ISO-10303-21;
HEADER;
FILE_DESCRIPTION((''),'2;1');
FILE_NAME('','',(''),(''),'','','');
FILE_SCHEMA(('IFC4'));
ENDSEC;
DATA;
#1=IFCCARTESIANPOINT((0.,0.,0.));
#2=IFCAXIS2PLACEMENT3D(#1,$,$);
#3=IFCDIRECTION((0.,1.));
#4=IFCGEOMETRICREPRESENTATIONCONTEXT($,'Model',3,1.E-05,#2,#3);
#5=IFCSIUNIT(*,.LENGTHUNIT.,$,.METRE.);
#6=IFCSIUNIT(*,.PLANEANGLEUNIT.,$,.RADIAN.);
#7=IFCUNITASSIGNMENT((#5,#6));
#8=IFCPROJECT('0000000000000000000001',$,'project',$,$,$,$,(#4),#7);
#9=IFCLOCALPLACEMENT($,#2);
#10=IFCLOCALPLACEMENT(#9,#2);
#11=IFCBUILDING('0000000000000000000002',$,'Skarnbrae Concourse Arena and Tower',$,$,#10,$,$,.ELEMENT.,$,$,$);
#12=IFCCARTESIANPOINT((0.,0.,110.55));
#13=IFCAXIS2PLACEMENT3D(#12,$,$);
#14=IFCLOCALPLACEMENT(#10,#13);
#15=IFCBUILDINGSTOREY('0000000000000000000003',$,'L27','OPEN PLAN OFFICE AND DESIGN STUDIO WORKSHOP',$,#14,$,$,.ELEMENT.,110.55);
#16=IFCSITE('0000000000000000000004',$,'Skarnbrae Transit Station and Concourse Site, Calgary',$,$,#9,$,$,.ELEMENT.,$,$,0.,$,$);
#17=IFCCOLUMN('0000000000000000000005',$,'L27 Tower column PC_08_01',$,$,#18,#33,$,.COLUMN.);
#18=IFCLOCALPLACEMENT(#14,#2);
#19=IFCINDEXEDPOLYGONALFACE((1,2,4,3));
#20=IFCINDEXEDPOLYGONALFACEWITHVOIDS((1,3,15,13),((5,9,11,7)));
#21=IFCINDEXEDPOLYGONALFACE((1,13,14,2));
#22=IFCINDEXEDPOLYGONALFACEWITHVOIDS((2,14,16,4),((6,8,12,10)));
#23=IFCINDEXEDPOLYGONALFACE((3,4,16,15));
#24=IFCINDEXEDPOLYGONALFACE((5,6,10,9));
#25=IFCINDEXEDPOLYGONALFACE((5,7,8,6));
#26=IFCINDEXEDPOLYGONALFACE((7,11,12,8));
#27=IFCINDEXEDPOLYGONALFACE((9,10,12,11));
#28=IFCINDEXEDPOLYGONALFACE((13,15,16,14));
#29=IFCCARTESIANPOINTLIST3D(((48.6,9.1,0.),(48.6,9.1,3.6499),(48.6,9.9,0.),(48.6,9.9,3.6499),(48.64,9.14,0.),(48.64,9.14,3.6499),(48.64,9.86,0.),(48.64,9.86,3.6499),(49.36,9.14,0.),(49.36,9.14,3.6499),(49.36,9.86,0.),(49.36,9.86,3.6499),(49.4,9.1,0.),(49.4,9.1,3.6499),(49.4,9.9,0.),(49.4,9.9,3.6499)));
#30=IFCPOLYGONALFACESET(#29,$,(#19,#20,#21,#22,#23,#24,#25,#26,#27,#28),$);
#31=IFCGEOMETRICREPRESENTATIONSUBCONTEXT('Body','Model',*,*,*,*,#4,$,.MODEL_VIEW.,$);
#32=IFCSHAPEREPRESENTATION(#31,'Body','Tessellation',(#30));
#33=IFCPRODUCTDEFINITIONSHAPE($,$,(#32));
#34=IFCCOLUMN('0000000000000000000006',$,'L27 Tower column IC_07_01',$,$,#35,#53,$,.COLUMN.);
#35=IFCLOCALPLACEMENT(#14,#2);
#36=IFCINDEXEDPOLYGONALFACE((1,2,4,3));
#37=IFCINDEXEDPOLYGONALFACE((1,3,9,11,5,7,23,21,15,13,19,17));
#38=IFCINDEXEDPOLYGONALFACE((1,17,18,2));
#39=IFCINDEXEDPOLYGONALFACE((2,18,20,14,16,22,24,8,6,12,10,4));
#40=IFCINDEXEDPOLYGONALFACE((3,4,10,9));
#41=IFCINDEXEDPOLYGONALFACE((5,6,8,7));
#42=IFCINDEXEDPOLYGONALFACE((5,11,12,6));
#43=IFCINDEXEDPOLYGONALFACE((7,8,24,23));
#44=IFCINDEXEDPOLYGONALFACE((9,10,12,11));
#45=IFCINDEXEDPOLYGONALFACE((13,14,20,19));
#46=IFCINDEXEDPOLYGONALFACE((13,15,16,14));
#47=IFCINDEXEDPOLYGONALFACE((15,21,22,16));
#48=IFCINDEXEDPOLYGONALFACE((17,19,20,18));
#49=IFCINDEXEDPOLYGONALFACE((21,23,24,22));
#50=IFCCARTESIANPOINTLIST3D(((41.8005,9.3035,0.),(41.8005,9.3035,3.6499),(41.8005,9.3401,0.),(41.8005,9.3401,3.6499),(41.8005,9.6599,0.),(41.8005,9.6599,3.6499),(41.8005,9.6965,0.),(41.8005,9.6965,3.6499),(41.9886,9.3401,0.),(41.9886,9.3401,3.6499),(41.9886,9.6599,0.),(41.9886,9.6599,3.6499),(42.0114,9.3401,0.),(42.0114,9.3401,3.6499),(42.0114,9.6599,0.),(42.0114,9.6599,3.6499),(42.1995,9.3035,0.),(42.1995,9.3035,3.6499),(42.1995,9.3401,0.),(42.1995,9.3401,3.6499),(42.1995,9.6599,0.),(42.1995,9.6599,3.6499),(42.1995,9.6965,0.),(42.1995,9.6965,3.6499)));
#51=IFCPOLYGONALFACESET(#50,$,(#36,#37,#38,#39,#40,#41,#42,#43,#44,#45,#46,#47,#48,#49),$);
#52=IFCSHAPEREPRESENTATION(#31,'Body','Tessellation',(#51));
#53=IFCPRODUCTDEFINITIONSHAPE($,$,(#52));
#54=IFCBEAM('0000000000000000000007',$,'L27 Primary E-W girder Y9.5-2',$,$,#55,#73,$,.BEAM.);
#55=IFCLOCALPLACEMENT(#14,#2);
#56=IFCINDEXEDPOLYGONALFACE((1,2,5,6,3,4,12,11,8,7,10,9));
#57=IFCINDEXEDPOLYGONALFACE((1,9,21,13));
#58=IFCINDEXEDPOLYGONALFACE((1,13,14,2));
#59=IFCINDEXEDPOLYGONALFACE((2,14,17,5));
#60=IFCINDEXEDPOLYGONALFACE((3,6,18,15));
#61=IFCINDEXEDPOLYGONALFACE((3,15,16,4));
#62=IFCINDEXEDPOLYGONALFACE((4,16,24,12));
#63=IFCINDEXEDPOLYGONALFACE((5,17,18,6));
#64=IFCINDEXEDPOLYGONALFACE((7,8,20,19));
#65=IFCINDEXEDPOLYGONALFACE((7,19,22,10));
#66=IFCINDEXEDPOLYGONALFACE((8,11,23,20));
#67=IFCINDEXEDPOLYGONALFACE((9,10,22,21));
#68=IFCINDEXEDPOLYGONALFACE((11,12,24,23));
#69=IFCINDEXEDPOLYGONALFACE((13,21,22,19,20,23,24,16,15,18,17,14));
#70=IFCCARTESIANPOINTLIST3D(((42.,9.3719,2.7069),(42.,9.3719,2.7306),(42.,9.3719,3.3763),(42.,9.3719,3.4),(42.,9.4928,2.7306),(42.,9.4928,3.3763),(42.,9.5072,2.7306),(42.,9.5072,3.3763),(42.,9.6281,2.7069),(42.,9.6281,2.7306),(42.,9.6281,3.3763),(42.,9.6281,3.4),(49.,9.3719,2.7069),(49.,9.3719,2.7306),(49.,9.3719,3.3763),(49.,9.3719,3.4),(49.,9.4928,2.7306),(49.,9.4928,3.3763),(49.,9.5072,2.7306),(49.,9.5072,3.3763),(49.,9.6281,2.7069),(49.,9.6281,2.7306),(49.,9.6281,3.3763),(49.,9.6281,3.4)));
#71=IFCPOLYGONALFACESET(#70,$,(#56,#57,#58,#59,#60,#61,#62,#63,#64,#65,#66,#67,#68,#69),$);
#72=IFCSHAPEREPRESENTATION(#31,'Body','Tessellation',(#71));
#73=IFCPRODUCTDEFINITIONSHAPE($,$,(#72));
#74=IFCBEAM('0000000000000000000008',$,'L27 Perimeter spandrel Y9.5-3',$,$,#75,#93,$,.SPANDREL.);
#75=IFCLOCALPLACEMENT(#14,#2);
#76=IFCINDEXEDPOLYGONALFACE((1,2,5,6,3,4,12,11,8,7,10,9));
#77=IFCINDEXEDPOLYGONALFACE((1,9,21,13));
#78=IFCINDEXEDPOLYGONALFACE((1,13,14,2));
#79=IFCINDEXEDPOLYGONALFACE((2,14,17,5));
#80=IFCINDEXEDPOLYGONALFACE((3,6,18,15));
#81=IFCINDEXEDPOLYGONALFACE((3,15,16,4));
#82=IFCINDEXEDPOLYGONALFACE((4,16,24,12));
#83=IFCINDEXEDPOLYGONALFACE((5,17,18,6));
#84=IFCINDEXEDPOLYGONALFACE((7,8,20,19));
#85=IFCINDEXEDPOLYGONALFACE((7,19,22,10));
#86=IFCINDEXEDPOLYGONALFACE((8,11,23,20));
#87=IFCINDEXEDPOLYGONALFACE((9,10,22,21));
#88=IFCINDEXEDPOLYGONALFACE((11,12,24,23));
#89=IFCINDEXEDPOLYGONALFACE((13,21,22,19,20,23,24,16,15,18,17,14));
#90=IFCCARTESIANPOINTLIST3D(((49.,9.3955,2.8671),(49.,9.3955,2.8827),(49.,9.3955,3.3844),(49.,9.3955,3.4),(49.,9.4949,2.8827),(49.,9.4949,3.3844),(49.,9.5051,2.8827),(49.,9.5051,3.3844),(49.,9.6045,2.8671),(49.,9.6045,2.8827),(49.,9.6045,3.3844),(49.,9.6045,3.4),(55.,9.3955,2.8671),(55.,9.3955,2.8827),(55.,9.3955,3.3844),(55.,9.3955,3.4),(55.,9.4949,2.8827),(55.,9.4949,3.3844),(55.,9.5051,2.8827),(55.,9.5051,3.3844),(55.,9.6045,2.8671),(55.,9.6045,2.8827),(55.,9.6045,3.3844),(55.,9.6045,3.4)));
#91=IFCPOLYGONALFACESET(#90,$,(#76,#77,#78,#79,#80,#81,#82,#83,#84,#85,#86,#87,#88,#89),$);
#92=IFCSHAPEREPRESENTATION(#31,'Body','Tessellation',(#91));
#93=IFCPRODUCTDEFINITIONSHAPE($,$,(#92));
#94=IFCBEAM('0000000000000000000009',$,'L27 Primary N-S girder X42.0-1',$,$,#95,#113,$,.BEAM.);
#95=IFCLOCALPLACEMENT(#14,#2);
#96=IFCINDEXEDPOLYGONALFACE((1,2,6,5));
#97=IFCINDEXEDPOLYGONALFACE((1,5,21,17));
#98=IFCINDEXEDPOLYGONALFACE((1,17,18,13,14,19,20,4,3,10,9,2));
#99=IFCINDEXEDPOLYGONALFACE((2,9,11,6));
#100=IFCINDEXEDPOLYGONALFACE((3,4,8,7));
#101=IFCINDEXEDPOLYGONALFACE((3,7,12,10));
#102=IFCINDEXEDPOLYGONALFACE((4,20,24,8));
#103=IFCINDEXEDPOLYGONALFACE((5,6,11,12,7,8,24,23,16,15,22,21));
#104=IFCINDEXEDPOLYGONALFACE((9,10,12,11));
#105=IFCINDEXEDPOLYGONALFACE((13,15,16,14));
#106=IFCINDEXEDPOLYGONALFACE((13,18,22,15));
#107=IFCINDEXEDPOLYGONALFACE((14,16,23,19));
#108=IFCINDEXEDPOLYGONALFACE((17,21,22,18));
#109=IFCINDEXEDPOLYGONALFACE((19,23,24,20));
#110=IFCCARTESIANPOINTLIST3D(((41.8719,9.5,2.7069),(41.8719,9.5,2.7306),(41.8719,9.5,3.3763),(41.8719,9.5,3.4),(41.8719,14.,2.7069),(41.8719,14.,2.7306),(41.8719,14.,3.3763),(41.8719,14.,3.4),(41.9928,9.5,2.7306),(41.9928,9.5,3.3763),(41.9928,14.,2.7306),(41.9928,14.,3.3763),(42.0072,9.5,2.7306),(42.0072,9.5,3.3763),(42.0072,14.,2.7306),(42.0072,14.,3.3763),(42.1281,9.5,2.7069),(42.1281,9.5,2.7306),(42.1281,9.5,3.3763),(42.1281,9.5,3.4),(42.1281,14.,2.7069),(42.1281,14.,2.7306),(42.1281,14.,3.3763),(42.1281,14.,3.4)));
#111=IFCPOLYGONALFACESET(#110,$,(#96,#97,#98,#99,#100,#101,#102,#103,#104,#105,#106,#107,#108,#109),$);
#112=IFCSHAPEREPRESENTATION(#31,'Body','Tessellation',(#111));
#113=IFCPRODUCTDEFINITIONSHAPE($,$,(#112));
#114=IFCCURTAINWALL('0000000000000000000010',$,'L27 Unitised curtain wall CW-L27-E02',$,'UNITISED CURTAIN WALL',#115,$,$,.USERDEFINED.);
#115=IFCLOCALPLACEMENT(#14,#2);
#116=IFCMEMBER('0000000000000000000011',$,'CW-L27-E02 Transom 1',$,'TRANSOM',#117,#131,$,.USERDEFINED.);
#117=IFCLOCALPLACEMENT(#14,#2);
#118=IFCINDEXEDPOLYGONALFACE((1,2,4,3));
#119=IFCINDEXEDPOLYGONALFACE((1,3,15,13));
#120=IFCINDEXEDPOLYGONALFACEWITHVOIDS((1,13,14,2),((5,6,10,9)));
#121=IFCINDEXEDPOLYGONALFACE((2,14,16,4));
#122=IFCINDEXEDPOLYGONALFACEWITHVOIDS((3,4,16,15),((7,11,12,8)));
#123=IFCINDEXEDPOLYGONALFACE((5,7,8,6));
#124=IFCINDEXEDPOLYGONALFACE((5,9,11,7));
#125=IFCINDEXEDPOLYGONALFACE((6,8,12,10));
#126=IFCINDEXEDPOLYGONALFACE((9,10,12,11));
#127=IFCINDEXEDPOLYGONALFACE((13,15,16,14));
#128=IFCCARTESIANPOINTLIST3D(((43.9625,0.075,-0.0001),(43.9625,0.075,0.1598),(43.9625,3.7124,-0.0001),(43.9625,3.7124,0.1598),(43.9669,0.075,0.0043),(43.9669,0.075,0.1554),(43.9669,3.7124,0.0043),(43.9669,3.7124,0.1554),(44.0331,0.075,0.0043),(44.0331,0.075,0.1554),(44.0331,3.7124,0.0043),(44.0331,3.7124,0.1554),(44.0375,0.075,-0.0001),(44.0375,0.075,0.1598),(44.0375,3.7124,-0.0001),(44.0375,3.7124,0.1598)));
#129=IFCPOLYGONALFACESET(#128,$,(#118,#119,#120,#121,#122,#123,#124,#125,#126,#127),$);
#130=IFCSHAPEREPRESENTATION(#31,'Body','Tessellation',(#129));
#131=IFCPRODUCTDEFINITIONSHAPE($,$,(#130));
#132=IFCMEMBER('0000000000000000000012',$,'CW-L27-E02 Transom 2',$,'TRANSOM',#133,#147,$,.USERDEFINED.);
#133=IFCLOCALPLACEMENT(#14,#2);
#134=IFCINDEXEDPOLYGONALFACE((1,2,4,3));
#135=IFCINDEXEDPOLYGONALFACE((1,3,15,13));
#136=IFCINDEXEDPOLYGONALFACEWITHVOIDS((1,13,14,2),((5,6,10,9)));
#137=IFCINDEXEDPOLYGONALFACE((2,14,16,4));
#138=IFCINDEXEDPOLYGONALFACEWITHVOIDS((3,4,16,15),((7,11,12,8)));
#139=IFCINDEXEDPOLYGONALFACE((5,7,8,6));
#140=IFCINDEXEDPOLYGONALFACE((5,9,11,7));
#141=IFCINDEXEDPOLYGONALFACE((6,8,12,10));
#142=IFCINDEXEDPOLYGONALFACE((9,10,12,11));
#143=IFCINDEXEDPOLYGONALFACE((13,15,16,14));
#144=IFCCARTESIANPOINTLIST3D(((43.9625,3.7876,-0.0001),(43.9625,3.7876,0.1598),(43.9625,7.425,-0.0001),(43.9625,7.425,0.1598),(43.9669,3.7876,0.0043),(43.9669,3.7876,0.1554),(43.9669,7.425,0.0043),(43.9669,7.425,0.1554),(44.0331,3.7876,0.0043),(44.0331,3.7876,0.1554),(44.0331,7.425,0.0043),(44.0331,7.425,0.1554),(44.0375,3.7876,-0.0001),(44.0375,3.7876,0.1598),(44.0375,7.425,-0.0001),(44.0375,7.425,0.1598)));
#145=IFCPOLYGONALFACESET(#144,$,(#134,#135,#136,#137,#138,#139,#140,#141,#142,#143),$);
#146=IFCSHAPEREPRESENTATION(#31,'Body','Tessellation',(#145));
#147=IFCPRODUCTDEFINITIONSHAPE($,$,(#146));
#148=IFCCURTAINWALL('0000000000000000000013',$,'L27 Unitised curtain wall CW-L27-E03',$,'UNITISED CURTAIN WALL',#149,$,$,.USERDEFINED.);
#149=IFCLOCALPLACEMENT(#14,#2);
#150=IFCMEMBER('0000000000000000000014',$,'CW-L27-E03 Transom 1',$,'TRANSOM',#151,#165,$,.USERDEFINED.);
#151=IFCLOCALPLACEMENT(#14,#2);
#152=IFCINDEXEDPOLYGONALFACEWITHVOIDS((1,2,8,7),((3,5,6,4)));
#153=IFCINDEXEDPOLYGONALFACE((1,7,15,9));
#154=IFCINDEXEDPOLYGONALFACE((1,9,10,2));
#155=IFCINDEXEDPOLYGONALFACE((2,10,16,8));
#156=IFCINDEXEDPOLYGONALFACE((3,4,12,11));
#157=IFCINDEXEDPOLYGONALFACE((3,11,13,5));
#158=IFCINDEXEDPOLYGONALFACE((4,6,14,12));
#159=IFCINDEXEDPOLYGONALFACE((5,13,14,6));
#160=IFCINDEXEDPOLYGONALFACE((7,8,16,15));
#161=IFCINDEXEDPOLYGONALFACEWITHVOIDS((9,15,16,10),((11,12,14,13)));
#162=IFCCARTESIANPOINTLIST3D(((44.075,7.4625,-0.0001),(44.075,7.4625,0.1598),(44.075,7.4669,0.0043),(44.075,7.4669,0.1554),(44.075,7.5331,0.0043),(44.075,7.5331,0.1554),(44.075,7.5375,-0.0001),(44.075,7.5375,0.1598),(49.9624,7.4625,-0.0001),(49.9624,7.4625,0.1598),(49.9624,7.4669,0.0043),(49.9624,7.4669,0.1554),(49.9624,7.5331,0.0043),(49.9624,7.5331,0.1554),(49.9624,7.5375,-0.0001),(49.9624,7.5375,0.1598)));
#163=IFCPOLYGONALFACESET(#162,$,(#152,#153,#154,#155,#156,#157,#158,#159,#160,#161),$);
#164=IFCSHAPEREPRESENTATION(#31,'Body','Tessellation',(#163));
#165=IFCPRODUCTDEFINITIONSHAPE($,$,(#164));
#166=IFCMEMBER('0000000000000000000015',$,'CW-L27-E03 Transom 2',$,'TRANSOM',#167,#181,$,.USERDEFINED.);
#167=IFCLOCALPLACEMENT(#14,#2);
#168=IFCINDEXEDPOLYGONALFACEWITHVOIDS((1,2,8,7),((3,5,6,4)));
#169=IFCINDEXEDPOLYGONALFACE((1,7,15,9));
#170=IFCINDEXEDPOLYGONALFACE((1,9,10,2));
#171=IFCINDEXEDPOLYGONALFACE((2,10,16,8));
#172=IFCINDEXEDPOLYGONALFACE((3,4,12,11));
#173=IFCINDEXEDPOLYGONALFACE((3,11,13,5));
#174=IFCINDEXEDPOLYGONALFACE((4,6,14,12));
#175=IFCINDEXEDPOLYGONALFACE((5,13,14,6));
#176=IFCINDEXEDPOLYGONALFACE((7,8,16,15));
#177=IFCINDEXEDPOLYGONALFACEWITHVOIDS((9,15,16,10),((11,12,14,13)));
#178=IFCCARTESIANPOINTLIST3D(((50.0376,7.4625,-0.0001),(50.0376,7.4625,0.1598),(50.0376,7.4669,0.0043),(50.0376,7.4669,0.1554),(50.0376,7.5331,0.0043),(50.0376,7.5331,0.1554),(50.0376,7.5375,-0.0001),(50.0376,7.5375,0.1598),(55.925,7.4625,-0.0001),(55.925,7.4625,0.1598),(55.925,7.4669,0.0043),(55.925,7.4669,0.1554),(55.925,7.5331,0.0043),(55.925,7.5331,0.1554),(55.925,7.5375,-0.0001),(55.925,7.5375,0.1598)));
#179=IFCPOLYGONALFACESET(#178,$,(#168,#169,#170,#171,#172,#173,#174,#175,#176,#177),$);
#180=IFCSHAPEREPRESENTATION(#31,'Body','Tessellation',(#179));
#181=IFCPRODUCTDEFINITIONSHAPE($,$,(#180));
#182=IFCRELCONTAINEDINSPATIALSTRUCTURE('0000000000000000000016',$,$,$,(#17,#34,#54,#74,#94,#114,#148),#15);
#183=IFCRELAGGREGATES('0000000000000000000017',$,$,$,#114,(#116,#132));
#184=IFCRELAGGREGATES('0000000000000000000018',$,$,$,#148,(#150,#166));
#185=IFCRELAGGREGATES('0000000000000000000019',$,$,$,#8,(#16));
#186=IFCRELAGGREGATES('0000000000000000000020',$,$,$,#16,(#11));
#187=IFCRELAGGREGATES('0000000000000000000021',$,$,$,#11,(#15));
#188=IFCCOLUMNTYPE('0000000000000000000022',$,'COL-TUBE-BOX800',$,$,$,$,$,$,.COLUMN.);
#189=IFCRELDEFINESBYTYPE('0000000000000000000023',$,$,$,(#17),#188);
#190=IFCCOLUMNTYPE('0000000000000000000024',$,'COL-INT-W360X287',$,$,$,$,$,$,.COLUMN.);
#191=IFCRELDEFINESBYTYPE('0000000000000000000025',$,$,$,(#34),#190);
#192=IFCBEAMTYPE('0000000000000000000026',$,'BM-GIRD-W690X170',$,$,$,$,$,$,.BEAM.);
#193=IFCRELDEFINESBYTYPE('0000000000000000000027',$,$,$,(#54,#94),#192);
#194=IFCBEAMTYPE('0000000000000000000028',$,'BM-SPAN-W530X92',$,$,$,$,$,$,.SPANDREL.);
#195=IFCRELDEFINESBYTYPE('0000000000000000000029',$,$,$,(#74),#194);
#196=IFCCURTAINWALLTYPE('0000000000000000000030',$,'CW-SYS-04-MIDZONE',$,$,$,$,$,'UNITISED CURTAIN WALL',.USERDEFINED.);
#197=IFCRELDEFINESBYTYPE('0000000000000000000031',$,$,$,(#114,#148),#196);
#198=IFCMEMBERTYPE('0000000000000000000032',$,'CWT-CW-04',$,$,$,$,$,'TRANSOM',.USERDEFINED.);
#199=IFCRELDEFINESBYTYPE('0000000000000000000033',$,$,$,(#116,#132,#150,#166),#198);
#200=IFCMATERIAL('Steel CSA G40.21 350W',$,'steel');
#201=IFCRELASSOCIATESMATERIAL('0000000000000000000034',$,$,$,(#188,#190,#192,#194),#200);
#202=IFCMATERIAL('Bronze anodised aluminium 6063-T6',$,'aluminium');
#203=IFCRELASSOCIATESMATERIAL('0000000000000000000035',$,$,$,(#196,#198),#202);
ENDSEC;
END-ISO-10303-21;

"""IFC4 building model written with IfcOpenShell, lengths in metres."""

from ifc_helpers import new_model, si_unit, direction, frame, origin, origin_2d, place, context, subcontext, project, spatial, hollow_rectangle, i_section, extrude, source, transform, mapped, material, material_profile, profile_set, type_object, element, aggregate, save


model = new_model("IFC4")

# Units and contexts
model_context = context("Model", 3, precision=1e-05, world=origin(), true_north=direction((0.0, 1.0)))
body_context = subcontext(model_context, "Body", "Model", "MODEL_VIEW")
ifc_project = project(units=[si_unit("LENGTHUNIT", "METRE"), si_unit("PLANEANGLEUNIT", "RADIAN")], contexts=[model_context])

# Site, building, storey
site_placement = place(None, origin())
site = spatial("IfcSite", under=ifc_project, at=site_placement, Name="Skarnbrae Transit Station and Concourse Site, Calgary", CompositionType="ELEMENT", RefElevation=0.0)
building_placement = place(site_placement, origin())
building = spatial("IfcBuilding", under=site, at=building_placement, Name="Skarnbrae Concourse Arena and Tower", CompositionType="ELEMENT")
storey_placement = place(building_placement, frame((0.0, 0.0, 110.55)))
storey = spatial("IfcBuildingStorey", under=building, at=storey_placement, Name="L27", Description="OPEN PLAN OFFICE AND DESIGN STUDIO WORKSHOP", CompositionType="ELEMENT", Elevation=110.55)

# Columns
ifc_material_1 = material(Name="Steel CSA G40.21 350W", Category="steel")
ifc_material_profile_1 = material_profile(ifc_material_1, hollow_rectangle(XDim=0.8, YDim=0.8, WallThickness=0.04, at=origin_2d()), Name="BOX800X800X40")
ifc_profile_set_1 = profile_set([ifc_material_profile_1], Name="Steel CSA G40.21 350W")
column_type_1 = type_object("IfcColumnType", Name="COL-TUBE-BOX800", PredefinedType="COLUMN", material=ifc_profile_set_1)
shared_shape_1 = source(origin(), body_context, "Body", "SweptSolid", [
    extrude(hollow_rectangle(XDim=0.8, YDim=0.8, WallThickness=0.04, at=origin_2d()), origin(), (0.0, 0.0, 1.0), 3.6499),
])
column_1_placement = place(storey_placement, frame((49.0, 9.5, 0.0), z_axis=(0.0, 0.0, 1.0), x_axis=(1.0, 0.0, 0.0)))
element("IfcColumn", 1, at=column_1_placement, inside=storey, type_object=column_type_1, Name="L27 Tower column PC_08_01", PredefinedType="COLUMN", context=body_context, shape_type="MappedRepresentation", body=[
    mapped(shared_shape_1, transform((0.0, 0.0, 0.0))),
])
ifc_material_profile_2 = material_profile(ifc_material_1, i_section(OverallWidth=0.3989, OverallDepth=0.3931, WebThickness=0.0227, FlangeThickness=0.0366, at=origin_2d()), Name="W360X287")
ifc_profile_set_2 = profile_set([ifc_material_profile_2], Name="Steel CSA G40.21 350W")
column_type_2 = type_object("IfcColumnType", Name="COL-INT-W360X287", PredefinedType="COLUMN", material=ifc_profile_set_2)
shared_shape_2 = source(origin(), body_context, "Body", "SweptSolid", [
    extrude(i_section(OverallWidth=0.3989, OverallDepth=0.3931, WebThickness=0.0227, FlangeThickness=0.0366, at=origin_2d()), origin(), (0.0, 0.0, 1.0), 3.6499),
])
column_2_placement = place(storey_placement, frame((42.0, 9.5, 0.0), z_axis=(0.0, 0.0, 1.0), x_axis=(1.0, 0.0, 0.0)))
element("IfcColumn", 2, at=column_2_placement, inside=storey, type_object=column_type_2, Name="L27 Tower column IC_07_01", PredefinedType="COLUMN", context=body_context, shape_type="MappedRepresentation", body=[
    mapped(shared_shape_2, transform((0.0, 0.0, 0.0))),
])

# Beams
ifc_material_profile_3 = material_profile(ifc_material_1, i_section(OverallWidth=0.2561, OverallDepth=0.6931, WebThickness=0.0144, FlangeThickness=0.0237, at=origin_2d()), Name="W690X170")
ifc_profile_set_3 = profile_set([ifc_material_profile_3], Name="Steel CSA G40.21 350W")
beam_type_1 = type_object("IfcBeamType", Name="BM-GIRD-W690X170", PredefinedType="BEAM", material=ifc_profile_set_3)
shared_shape_3 = source(origin(), body_context, "Body", "SweptSolid", [
    extrude(i_section(OverallWidth=0.2561, OverallDepth=0.6931, WebThickness=0.0144, FlangeThickness=0.0237, at=origin_2d()), origin(), (0.0, 0.0, 1.0), 7.0),
])
beam_1_placement = place(storey_placement, frame((42.0, 9.5, 3.0535), z_axis=(1.0, 0.0, 0.0), x_axis=(0.0, 1.0, 0.0)))
element("IfcBeam", 3, at=beam_1_placement, inside=storey, type_object=beam_type_1, Name="L27 Primary E-W girder Y9.5-2", PredefinedType="BEAM", context=body_context, shape_type="MappedRepresentation", body=[
    mapped(shared_shape_3, transform((0.0, 0.0, 0.0))),
])
ifc_material_profile_4 = material_profile(ifc_material_1, i_section(OverallWidth=0.209, OverallDepth=0.533, WebThickness=0.0103, FlangeThickness=0.0156, at=origin_2d()), Name="W530X92")
ifc_profile_set_4 = profile_set([ifc_material_profile_4], Name="Steel CSA G40.21 350W")
beam_type_2 = type_object("IfcBeamType", Name="BM-SPAN-W530X92", PredefinedType="SPANDREL", material=ifc_profile_set_4)
shared_shape_4 = source(origin(), body_context, "Body", "SweptSolid", [
    extrude(i_section(OverallWidth=0.209, OverallDepth=0.533, WebThickness=0.0103, FlangeThickness=0.0156, at=origin_2d()), origin(), (0.0, 0.0, 1.0), 6.0),
])
beam_2_placement = place(storey_placement, frame((49.0, 9.5, 3.1335), z_axis=(1.0, 0.0, 0.0), x_axis=(0.0, 1.0, 0.0)))
element("IfcBeam", 4, at=beam_2_placement, inside=storey, type_object=beam_type_2, Name="L27 Perimeter spandrel Y9.5-3", PredefinedType="SPANDREL", context=body_context, shape_type="MappedRepresentation", body=[
    mapped(shared_shape_4, transform((0.0, 0.0, 0.0))),
])
shared_shape_5 = source(origin(), body_context, "Body", "SweptSolid", [
    extrude(i_section(OverallWidth=0.2561, OverallDepth=0.6931, WebThickness=0.0144, FlangeThickness=0.0237, at=origin_2d()), origin(), (0.0, 0.0, 1.0), 4.5),
])
beam_3_placement = place(storey_placement, frame((42.0, 9.5, 3.0535), z_axis=(0.0, 1.0, 0.0), x_axis=(-1.0, 0.0, 0.0)))
element("IfcBeam", 5, at=beam_3_placement, inside=storey, type_object=beam_type_1, Name="L27 Primary N-S girder X42.0-1", PredefinedType="BEAM", context=body_context, shape_type="MappedRepresentation", body=[
    mapped(shared_shape_5, transform((0.0, 0.0, 0.0))),
])

# Curtain walls, members
ifc_material_2 = material(Name="Bronze anodised aluminium 6063-T6", Category="aluminium")
curtain_wall_type = type_object("IfcCurtainWallType", Name="CW-SYS-04-MIDZONE", ElementType="UNITISED CURTAIN WALL", PredefinedType="USERDEFINED", material=ifc_material_2)
curtain_wall_1_placement = place(storey_placement, origin())
curtain_wall_1 = element("IfcCurtainWall", 6, at=curtain_wall_1_placement, inside=storey, type_object=curtain_wall_type, Name="L27 Unitised curtain wall CW-L27-E02", ObjectType="UNITISED CURTAIN WALL", PredefinedType="USERDEFINED")
ifc_material_profile_5 = material_profile(ifc_material_2, hollow_rectangle(XDim=0.075, YDim=0.1599, WallThickness=0.0044, at=origin_2d()), Name="ALU-TRAN-75X160")
ifc_profile_set_5 = profile_set([ifc_material_profile_5], Name="Bronze anodised aluminium 6063-T6")
member_type_1 = type_object("IfcMemberType", Name="CWT-CW-04", ElementType="TRANSOM", PredefinedType="USERDEFINED", material=ifc_profile_set_5)
shared_shape_6 = source(origin(), body_context, "Body", "SweptSolid", [
    extrude(hollow_rectangle(XDim=0.075, YDim=0.1599, WallThickness=0.0044, at=origin_2d()), origin(), (0.0, 0.0, 1.0), 3.6375),
])
member_1_placement = place(storey_placement, frame((44.0, 0.075, 0.0798), z_axis=(0.0, 1.0, 0.0), x_axis=(-1.0, 0.0, 0.0)))
member_1 = element("IfcMember", 7, at=member_1_placement, type_object=member_type_1, Name="CW-L27-E02 Transom 1", ObjectType="TRANSOM", PredefinedType="USERDEFINED", context=body_context, shape_type="MappedRepresentation", body=[
    mapped(shared_shape_6, transform((0.0, 0.0, 0.0))),
])
member_2_placement = place(storey_placement, frame((44.0, 3.7876, 0.0798), z_axis=(0.0, 1.0, 0.0), x_axis=(-1.0, 0.0, 0.0)))
member_2 = element("IfcMember", 8, at=member_2_placement, type_object=member_type_1, Name="CW-L27-E02 Transom 2", ObjectType="TRANSOM", PredefinedType="USERDEFINED", context=body_context, shape_type="MappedRepresentation", body=[
    mapped(shared_shape_6, transform((0.0, 0.0, 0.0))),
])
curtain_wall_2_placement = place(storey_placement, origin())
curtain_wall_2 = element("IfcCurtainWall", 9, at=curtain_wall_2_placement, inside=storey, type_object=curtain_wall_type, Name="L27 Unitised curtain wall CW-L27-E03", ObjectType="UNITISED CURTAIN WALL", PredefinedType="USERDEFINED")
shared_shape_7 = source(origin(), body_context, "Body", "SweptSolid", [
    extrude(hollow_rectangle(XDim=0.075, YDim=0.1599, WallThickness=0.0044, at=origin_2d()), origin(), (0.0, 0.0, 1.0), 5.8875),
])
member_3_placement = place(storey_placement, frame((44.075, 7.5, 0.0798), z_axis=(1.0, 0.0, 0.0), x_axis=(0.0, 1.0, 0.0)))
member_3 = element("IfcMember", 10, at=member_3_placement, type_object=member_type_1, Name="CW-L27-E03 Transom 1", ObjectType="TRANSOM", PredefinedType="USERDEFINED", context=body_context, shape_type="MappedRepresentation", body=[
    mapped(shared_shape_7, transform((0.0, 0.0, 0.0))),
])
member_4_placement = place(storey_placement, frame((50.0376, 7.5, 0.0798), z_axis=(1.0, 0.0, 0.0), x_axis=(0.0, 1.0, 0.0)))
member_4 = element("IfcMember", 11, at=member_4_placement, type_object=member_type_1, Name="CW-L27-E03 Transom 2", ObjectType="TRANSOM", PredefinedType="USERDEFINED", context=body_context, shape_type="MappedRepresentation", body=[
    mapped(shared_shape_7, transform((0.0, 0.0, 0.0))),
])

aggregate(curtain_wall_1, [member_1, member_2])
aggregate(curtain_wall_2, [member_3, member_4])

save(model, "model.ifc")
